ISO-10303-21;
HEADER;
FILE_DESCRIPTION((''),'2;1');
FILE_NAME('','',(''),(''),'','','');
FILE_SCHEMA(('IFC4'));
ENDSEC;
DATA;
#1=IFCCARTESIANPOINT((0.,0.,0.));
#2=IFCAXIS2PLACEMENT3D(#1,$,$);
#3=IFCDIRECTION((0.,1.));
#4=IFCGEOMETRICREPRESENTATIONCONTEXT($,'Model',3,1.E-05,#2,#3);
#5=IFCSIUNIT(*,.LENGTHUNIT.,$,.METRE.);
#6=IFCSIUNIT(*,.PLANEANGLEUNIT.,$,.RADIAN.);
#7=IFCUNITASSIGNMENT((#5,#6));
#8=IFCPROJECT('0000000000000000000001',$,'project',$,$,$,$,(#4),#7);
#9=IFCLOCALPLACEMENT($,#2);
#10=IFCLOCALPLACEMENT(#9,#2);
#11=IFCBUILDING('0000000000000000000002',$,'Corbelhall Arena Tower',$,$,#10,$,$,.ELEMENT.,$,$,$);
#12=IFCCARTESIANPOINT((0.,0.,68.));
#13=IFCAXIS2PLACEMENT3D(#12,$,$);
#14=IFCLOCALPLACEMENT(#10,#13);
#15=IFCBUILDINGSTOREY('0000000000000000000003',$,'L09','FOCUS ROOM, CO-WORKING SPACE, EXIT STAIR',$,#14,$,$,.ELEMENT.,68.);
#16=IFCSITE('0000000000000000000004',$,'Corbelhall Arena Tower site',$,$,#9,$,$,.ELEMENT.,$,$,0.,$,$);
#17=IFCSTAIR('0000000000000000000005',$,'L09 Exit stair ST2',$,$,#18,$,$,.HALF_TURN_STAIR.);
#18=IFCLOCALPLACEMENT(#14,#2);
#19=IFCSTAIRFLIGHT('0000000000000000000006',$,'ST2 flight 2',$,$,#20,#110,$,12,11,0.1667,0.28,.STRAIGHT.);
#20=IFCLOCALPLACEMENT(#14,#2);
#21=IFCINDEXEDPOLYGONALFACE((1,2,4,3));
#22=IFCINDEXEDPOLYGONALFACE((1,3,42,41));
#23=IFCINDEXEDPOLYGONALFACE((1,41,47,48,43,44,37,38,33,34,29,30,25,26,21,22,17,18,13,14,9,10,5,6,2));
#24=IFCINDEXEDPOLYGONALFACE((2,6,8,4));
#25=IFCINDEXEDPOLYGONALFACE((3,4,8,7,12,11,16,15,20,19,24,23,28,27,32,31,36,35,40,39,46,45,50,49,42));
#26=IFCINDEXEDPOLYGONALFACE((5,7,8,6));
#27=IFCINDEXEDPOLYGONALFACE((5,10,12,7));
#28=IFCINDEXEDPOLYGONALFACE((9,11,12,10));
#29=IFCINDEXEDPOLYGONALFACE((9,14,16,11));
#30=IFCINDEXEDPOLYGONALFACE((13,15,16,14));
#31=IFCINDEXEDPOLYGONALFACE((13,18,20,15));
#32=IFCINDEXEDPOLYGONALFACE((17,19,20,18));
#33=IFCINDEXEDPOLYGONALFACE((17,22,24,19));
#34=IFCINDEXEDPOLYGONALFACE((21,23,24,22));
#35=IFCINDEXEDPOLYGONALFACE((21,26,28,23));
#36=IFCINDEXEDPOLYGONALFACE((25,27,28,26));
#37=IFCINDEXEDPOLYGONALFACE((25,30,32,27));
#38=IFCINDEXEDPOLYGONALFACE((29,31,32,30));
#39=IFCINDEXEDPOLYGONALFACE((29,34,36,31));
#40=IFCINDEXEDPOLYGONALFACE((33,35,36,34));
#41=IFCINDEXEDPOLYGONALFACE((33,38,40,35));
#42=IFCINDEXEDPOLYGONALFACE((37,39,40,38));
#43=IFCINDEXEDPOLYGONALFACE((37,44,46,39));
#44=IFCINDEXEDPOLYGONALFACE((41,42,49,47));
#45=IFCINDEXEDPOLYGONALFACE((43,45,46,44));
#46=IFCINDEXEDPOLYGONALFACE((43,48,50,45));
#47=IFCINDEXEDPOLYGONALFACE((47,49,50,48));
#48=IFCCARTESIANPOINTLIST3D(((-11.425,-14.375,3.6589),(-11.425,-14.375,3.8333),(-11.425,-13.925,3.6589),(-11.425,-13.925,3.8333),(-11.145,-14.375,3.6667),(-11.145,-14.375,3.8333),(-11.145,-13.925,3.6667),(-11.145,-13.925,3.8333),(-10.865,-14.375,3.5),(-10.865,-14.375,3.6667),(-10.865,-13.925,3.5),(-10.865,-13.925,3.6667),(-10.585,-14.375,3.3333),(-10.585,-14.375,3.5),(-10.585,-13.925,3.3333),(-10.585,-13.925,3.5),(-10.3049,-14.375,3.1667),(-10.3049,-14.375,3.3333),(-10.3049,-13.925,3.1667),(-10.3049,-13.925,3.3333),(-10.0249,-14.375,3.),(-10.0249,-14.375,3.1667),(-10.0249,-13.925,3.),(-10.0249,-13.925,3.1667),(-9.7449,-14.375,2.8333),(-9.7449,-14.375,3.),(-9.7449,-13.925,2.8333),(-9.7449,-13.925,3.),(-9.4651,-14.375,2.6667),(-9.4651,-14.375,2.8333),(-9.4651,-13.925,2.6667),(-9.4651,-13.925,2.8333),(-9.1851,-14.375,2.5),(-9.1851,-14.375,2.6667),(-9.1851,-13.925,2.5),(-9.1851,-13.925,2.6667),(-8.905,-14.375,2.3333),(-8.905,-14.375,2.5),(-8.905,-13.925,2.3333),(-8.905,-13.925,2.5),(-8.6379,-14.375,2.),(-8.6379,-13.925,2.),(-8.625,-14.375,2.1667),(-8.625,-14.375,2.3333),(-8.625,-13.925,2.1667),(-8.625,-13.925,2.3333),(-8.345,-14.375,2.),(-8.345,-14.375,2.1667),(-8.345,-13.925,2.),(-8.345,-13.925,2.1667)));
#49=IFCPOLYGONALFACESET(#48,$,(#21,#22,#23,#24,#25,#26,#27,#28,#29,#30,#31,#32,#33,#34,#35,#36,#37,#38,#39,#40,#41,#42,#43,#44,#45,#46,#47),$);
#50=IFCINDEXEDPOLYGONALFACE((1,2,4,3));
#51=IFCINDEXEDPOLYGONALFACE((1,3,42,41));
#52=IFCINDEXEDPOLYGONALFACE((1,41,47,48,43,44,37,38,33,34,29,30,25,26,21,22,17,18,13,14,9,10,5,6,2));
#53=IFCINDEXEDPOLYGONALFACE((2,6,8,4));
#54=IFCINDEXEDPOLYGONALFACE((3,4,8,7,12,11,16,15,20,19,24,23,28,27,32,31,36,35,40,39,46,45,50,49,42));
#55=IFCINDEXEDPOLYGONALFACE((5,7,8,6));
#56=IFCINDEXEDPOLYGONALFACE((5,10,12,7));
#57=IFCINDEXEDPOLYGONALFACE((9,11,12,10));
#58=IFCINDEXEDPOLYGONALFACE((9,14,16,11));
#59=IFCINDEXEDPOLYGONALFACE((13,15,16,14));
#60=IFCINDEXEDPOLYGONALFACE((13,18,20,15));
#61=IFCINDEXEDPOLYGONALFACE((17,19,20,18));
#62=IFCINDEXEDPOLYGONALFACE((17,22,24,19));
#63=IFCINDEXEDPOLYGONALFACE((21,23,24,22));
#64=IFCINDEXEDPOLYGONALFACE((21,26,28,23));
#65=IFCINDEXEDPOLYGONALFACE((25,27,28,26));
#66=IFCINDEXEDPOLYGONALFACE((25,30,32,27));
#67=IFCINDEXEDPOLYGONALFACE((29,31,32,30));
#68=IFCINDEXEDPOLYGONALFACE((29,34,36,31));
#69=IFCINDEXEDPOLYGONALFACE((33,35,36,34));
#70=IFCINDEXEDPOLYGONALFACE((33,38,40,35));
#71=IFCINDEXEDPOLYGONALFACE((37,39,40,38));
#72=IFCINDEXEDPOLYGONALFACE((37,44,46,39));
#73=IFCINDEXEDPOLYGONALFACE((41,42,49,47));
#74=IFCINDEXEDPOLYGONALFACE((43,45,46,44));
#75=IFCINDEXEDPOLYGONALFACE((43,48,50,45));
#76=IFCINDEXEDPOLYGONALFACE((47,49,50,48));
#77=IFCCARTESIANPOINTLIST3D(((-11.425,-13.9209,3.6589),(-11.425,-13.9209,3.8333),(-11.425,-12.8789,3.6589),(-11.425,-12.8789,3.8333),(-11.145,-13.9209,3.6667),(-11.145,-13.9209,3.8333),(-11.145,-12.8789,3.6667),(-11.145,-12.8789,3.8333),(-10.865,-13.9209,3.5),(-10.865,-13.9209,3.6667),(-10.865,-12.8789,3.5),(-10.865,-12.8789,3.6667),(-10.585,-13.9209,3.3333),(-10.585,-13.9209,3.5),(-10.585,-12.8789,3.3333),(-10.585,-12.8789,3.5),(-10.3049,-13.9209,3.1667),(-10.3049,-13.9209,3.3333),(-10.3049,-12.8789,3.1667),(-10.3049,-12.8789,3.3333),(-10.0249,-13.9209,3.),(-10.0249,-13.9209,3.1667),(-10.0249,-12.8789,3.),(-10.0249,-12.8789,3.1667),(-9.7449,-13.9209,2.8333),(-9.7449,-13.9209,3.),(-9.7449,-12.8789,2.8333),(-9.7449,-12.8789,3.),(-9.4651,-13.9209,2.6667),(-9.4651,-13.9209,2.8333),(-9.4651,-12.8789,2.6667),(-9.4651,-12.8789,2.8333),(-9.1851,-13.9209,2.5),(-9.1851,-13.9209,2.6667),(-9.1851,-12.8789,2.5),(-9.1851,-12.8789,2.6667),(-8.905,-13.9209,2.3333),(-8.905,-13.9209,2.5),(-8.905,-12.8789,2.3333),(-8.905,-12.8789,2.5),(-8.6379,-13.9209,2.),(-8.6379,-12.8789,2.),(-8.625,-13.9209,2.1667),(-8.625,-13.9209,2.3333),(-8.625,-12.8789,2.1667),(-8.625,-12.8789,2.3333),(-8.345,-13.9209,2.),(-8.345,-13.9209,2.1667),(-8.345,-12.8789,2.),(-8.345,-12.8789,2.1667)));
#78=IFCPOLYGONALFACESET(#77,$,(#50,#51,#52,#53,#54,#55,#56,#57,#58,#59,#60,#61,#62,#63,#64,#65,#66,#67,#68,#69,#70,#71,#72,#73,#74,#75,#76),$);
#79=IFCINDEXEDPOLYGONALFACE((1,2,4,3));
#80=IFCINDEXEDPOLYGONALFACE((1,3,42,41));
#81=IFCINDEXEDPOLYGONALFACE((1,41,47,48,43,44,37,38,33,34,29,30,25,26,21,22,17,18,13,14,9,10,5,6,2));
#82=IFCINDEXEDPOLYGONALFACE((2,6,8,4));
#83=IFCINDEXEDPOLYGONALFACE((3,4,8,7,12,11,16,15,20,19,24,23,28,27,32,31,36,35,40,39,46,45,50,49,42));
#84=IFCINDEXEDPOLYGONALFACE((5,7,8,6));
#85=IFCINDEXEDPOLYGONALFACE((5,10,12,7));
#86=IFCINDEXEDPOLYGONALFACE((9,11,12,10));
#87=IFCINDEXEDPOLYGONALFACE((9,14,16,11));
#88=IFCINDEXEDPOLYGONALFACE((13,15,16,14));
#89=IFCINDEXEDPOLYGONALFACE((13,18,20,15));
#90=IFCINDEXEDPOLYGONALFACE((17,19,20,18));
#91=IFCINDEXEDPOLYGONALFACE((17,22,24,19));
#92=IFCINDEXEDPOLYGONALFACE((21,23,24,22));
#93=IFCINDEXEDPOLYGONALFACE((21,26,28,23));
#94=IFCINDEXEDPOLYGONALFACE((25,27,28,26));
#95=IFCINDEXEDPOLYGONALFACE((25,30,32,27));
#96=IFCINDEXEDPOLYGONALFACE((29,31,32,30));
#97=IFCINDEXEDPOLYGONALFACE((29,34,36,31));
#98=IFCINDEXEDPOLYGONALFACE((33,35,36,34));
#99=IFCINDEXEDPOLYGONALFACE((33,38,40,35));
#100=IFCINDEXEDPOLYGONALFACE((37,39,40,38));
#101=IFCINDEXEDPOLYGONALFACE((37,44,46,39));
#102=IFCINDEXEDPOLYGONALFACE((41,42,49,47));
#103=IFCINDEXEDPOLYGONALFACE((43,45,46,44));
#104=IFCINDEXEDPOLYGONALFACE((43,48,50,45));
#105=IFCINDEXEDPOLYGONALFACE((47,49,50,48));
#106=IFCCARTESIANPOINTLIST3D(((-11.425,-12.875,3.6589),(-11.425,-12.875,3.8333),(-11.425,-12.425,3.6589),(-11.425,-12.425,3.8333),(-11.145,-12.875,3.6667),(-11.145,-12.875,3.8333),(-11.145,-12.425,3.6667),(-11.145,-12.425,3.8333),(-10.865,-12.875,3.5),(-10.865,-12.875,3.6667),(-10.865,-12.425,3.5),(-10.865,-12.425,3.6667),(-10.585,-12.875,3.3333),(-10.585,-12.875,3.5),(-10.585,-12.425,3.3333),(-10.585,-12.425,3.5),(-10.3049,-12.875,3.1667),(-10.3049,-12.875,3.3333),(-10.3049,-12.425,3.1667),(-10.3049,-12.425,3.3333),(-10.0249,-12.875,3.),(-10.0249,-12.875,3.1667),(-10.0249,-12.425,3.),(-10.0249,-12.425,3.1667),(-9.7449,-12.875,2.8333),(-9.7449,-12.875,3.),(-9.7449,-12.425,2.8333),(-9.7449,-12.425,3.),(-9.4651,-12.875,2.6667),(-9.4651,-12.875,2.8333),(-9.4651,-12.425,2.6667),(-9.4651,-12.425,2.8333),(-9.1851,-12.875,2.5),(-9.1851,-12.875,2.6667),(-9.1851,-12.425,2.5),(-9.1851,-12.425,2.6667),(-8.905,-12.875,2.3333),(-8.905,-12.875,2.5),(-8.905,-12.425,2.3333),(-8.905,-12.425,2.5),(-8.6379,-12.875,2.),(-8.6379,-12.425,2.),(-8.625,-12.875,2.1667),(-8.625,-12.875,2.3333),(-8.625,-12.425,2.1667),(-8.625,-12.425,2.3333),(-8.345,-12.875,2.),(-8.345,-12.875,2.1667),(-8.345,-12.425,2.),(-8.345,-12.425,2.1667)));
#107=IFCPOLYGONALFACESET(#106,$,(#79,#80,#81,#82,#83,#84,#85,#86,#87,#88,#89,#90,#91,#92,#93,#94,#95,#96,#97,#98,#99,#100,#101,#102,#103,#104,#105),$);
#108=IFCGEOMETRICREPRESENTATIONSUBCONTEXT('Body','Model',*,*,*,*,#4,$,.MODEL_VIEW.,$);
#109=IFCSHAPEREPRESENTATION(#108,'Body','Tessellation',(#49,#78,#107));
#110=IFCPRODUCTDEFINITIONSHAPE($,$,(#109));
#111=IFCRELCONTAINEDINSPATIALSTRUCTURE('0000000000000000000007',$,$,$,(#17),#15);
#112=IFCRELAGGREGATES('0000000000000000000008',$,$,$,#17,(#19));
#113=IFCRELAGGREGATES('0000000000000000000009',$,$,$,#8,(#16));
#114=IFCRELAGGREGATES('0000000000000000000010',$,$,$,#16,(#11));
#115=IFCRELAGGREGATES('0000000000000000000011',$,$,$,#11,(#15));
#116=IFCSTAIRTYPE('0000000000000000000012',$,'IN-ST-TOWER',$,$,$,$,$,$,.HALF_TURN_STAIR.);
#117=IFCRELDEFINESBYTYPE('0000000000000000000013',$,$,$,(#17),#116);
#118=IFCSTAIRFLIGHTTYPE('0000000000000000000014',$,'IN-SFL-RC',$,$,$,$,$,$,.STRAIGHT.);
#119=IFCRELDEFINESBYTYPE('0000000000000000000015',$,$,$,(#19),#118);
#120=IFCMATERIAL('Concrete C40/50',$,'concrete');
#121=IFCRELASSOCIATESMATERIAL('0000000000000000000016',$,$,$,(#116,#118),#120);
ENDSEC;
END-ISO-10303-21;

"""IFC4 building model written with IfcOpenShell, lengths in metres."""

from ifc_helpers import new_model, si_unit, direction, frame, origin, place, context, subcontext, project, spatial, polyline, outline, extrude, material, type_object, element, aggregate, save


model = new_model("IFC4")

# Units and contexts
model_context = context("Model", 3, precision=1e-05, world=origin(), true_north=direction((0.0, 1.0)))
body_context = subcontext(model_context, "Body", "Model", "MODEL_VIEW")
ifc_project = project(units=[si_unit("LENGTHUNIT", "METRE"), si_unit("PLANEANGLEUNIT", "RADIAN")], contexts=[model_context])

# Site, building, storey
site_placement = place(None, origin())
site = spatial("IfcSite", under=ifc_project, at=site_placement, Name="Corbelhall Arena Tower site", CompositionType="ELEMENT", RefElevation=0.0)
building_placement = place(site_placement, origin())
building = spatial("IfcBuilding", under=site, at=building_placement, Name="Corbelhall Arena Tower", CompositionType="ELEMENT")
storey_placement = place(building_placement, frame((0.0, 0.0, 68.0)))
storey = spatial("IfcBuildingStorey", under=building, at=storey_placement, Name="L09", Description="FOCUS ROOM, CO-WORKING SPACE, EXIT STAIR", CompositionType="ELEMENT", Elevation=68.0)

# Shared definitions
ifc_material_1 = material(Name="Concrete C40/50", Category="concrete")

# Stair, stair flight
stair_type = type_object("IfcStairType", Name="IN-ST-TOWER", PredefinedType="HALF_TURN_STAIR", material=ifc_material_1)
stair_placement = place(storey_placement, origin())
stair = element("IfcStair", 1, at=stair_placement, inside=storey, type_object=stair_type, Name="L09 Exit stair ST2", PredefinedType="HALF_TURN_STAIR")
stair_flight_type = type_object("IfcStairFlightType", Name="IN-SFL-RC", PredefinedType="STRAIGHT", material=ifc_material_1)
stair_flight_placement = place(storey_placement, frame((-8.345, -13.3999, 2.0), z_axis=(0.0, 0.0, 1.0), x_axis=(-1.0, 0.0, 0.0)))
stair_flight = element("IfcStairFlight", 2, at=stair_flight_placement, type_object=stair_flight_type, Name="ST2 flight 2", NumberOfRisers=12, NumberOfTreads=11, PredefinedType="STRAIGHT", RiserHeight=0.1667, TreadLength=0.28, context=body_context, shape_type="SweptSolid", body=[
    extrude(outline(polyline([(0.0, 0.0), (0.0, 0.1667), (0.28, 0.1667), (0.28, 0.3333), (0.5601, 0.3333), (0.5601, 0.5), (0.8401, 0.5), (0.8401, 0.6667), (1.1201, 0.6667), (1.1201, 0.8333), (1.3999, 0.8333), (1.3999, 1.0), (1.6799, 1.0), (1.6799, 1.1667), (1.96, 1.1667), (1.96, 1.3333), (2.24, 1.3333), (2.24, 1.5), (2.52, 1.5), (2.52, 1.6667), (2.8, 1.6667), (2.8, 1.8333), (3.0801, 1.8333), (3.0801, 2.0), (3.0801, 1.6589), (0.293, 0.0), (0.0, 0.0)])), frame((0.0, 0.9751, 0.0), z_axis=(0.0, -1.0, 0.0), x_axis=(1.0, 0.0, 0.0)), (0.0, 0.0, 1.0), 0.45),
    extrude(outline(polyline([(0.0, 0.0), (0.0, 0.1667), (0.28, 0.1667), (0.28, 0.3333), (0.5601, 0.3333), (0.5601, 0.5), (0.8401, 0.5), (0.8401, 0.6667), (1.1201, 0.6667), (1.1201, 0.8333), (1.3999, 0.8333), (1.3999, 1.0), (1.6799, 1.0), (1.6799, 1.1667), (1.96, 1.1667), (1.96, 1.3333), (2.24, 1.3333), (2.24, 1.5), (2.52, 1.5), (2.52, 1.6667), (2.8, 1.6667), (2.8, 1.8333), (3.0801, 1.8333), (3.0801, 2.0), (3.0801, 1.6589), (0.293, 0.0), (0.0, 0.0)])), frame((0.0, 0.521, 0.0), z_axis=(0.0, -1.0, 0.0), x_axis=(1.0, 0.0, 0.0)), (0.0, 0.0, 1.0), 1.042),
    extrude(outline(polyline([(0.0, 0.0), (0.0, 0.1667), (0.28, 0.1667), (0.28, 0.3333), (0.5601, 0.3333), (0.5601, 0.5), (0.8401, 0.5), (0.8401, 0.6667), (1.1201, 0.6667), (1.1201, 0.8333), (1.3999, 0.8333), (1.3999, 1.0), (1.6799, 1.0), (1.6799, 1.1667), (1.96, 1.1667), (1.96, 1.3333), (2.24, 1.3333), (2.24, 1.5), (2.52, 1.5), (2.52, 1.6667), (2.8, 1.6667), (2.8, 1.8333), (3.0801, 1.8333), (3.0801, 2.0), (3.0801, 1.6589), (0.293, 0.0), (0.0, 0.0)])), frame((0.0, -0.5249, 0.0), z_axis=(0.0, -1.0, 0.0), x_axis=(1.0, 0.0, 0.0)), (0.0, 0.0, 1.0), 0.45),
])
aggregate(stair, [stair_flight])

save(model, "model.ifc")
